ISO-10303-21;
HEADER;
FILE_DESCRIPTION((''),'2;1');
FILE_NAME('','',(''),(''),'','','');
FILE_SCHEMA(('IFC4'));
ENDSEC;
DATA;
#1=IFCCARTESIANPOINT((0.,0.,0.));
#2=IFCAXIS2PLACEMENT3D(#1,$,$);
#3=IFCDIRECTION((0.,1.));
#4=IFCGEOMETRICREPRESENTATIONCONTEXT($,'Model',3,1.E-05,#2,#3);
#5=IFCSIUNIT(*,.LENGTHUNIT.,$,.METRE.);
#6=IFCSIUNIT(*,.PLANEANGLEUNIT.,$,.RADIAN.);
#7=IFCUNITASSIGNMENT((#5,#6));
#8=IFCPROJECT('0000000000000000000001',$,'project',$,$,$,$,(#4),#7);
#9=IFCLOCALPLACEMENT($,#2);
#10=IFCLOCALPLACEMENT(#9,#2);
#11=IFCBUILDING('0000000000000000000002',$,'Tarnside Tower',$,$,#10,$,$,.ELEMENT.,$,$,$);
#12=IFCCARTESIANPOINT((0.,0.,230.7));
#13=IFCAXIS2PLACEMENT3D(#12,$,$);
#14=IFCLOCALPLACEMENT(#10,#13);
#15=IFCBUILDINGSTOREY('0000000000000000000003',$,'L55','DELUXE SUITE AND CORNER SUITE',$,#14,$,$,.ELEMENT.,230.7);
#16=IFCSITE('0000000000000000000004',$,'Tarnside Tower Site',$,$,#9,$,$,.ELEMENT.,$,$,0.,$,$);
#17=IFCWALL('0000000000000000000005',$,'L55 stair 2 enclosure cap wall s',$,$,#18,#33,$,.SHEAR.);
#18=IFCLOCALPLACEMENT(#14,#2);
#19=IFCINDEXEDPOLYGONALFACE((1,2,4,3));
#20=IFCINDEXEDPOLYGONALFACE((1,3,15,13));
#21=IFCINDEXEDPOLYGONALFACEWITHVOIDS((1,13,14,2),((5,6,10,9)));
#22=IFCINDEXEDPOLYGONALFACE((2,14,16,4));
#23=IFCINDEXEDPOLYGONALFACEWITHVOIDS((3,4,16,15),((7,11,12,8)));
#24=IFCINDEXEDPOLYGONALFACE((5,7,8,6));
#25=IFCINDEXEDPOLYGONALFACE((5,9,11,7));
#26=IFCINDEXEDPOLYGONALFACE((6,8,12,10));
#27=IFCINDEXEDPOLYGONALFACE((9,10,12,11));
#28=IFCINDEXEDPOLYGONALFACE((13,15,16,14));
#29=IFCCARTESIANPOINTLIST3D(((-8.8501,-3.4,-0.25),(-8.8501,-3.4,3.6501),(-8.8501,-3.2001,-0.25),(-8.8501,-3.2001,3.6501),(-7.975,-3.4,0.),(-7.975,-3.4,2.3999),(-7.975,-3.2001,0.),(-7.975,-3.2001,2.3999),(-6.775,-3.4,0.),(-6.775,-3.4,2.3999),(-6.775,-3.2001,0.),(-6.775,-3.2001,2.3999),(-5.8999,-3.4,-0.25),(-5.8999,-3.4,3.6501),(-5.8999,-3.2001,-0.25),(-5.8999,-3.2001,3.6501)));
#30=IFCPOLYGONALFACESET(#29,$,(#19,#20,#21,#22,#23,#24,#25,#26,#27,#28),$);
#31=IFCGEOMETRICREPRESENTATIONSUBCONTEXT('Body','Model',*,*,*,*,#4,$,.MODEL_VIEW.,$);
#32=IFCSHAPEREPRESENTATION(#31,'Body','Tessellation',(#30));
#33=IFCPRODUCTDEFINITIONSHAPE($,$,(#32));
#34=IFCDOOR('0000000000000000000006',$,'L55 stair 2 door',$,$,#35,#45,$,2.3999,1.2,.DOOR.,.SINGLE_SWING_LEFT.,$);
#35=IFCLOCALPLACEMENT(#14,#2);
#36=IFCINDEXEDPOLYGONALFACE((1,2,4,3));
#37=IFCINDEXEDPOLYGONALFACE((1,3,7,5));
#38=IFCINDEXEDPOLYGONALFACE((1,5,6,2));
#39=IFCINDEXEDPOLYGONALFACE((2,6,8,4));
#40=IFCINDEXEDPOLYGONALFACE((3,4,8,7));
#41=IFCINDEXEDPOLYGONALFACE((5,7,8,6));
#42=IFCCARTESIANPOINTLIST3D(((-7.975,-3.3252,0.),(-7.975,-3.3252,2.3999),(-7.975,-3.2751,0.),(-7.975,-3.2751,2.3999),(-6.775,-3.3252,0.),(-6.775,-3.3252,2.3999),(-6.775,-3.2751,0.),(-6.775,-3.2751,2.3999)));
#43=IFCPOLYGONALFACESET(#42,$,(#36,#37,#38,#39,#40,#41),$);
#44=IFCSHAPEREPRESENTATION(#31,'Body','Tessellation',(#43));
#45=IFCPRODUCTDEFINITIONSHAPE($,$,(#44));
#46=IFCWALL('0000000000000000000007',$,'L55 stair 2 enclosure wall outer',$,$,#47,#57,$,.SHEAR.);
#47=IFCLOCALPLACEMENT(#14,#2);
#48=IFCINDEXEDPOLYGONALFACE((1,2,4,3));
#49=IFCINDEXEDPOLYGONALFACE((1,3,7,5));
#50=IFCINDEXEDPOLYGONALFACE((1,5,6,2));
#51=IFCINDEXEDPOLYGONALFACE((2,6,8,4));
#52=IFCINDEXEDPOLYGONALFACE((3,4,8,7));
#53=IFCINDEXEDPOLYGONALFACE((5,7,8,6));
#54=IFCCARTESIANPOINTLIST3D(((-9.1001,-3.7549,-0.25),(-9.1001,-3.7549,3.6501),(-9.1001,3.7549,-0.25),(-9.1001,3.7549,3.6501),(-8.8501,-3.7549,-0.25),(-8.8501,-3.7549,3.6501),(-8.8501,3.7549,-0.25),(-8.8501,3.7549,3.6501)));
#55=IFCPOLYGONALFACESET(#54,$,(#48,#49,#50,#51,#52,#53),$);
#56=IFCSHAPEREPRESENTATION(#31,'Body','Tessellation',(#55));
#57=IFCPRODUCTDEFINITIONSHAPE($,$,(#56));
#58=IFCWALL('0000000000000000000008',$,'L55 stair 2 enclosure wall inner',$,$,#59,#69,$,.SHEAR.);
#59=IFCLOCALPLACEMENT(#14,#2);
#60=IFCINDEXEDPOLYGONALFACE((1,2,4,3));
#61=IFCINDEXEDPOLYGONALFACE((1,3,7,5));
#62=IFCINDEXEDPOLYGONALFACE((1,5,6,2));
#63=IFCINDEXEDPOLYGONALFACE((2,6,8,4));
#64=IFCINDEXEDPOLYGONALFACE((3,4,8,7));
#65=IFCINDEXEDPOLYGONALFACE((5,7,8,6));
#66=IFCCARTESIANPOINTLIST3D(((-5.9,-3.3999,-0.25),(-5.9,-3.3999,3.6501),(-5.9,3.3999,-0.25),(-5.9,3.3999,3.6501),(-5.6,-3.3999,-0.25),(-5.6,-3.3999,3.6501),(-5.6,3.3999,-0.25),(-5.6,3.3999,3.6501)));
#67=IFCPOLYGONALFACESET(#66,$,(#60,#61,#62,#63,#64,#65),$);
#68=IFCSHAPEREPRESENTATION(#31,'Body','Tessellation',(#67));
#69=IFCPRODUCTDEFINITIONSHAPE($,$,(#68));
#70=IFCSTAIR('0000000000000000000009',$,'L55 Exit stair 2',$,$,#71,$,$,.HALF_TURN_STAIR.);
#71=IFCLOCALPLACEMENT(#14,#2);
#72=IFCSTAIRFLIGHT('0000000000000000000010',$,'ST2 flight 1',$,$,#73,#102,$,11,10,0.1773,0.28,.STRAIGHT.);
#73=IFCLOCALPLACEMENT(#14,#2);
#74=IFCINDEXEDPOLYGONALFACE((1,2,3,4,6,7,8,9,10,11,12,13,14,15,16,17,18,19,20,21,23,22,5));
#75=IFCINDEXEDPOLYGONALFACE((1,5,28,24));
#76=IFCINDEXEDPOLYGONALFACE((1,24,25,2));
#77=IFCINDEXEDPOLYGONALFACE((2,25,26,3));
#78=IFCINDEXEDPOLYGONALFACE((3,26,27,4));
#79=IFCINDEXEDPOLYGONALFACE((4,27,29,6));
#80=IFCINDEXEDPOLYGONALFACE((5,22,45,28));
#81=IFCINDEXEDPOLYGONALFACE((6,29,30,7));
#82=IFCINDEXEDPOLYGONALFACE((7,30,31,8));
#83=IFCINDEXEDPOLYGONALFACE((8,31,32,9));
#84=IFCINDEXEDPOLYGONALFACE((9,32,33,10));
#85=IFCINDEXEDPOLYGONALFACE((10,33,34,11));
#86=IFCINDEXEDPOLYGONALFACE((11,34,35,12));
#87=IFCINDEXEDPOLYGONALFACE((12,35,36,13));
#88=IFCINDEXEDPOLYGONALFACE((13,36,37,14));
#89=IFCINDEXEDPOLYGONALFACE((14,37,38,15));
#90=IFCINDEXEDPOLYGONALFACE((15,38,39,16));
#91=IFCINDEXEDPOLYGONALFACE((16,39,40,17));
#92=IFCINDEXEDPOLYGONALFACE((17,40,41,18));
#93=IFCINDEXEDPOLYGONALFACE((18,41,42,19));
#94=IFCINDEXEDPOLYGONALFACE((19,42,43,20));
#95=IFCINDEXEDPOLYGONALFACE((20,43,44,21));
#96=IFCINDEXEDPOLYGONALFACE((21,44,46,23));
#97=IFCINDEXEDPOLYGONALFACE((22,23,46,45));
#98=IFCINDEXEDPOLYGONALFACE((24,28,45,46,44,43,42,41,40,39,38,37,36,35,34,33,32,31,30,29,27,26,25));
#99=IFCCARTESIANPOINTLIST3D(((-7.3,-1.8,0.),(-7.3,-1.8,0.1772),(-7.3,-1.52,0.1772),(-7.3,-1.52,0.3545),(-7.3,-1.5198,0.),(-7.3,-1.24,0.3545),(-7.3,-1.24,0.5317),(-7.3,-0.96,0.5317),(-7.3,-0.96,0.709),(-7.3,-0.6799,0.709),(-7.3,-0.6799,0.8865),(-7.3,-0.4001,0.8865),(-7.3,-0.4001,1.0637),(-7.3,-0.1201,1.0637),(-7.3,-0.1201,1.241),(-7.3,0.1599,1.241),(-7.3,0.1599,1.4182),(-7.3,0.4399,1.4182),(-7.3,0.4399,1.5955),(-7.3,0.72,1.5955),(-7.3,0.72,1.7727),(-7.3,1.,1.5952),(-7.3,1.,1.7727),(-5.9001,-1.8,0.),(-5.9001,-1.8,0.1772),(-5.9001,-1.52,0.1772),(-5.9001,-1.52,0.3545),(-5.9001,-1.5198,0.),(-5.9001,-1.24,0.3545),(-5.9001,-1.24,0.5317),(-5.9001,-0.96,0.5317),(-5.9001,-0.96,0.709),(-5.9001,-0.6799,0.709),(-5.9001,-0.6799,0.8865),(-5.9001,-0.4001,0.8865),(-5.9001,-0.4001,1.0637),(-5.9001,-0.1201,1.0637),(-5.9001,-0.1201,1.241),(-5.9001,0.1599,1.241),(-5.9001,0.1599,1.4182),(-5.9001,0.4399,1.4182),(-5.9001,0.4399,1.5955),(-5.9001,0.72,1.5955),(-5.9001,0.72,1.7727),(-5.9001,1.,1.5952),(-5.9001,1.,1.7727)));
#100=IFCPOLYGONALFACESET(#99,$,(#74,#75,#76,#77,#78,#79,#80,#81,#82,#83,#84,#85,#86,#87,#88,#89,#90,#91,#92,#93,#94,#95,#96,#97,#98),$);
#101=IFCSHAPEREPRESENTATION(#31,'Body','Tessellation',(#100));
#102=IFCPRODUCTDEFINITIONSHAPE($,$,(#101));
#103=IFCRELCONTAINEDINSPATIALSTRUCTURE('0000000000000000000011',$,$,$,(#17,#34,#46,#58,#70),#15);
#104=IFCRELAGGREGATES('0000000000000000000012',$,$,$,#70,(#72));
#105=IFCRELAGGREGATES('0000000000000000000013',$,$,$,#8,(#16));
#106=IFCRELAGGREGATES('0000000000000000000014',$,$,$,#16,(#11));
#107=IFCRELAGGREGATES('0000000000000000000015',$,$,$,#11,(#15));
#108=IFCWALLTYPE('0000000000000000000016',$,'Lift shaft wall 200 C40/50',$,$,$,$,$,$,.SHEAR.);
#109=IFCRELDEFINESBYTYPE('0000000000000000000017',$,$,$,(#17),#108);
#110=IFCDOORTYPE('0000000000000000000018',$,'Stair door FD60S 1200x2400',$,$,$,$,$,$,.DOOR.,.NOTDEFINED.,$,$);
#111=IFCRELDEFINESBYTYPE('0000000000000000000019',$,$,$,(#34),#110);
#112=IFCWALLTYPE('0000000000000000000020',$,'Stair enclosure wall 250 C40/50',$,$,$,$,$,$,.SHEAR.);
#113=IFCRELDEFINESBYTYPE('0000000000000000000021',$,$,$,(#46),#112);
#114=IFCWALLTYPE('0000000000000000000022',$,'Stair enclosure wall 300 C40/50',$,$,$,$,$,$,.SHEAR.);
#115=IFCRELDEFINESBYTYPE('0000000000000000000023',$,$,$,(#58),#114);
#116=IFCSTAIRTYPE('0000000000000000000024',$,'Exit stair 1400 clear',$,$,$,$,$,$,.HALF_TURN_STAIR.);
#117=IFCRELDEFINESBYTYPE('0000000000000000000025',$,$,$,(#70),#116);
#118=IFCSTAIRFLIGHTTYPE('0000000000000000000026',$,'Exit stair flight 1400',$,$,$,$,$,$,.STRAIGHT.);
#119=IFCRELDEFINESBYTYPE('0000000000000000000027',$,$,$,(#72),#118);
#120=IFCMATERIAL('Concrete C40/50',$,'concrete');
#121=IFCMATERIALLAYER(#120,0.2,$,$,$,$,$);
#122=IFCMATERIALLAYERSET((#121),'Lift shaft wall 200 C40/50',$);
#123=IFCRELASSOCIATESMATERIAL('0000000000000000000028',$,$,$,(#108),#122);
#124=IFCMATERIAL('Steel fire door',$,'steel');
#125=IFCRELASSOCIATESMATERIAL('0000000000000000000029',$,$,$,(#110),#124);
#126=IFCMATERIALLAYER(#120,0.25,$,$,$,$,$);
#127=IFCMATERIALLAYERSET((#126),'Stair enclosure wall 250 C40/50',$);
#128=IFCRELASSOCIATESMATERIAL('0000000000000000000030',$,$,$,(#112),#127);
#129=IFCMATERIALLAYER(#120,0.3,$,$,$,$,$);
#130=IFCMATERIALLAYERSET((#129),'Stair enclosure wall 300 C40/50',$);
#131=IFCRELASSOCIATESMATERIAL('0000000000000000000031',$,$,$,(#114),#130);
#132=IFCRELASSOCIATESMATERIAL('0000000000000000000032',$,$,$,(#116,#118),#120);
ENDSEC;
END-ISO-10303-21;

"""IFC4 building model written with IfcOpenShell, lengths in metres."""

from ifc_helpers import new_model, si_unit, direction, frame, frame_2d, origin, place, context, subcontext, project, spatial, polyline, rectangle, outline, extrude, material, layer, layer_set, type_object, element, fill, aggregate, save


model = new_model("IFC4")

# Units and contexts
model_context = context("Model", 3, precision=1e-05, world=origin(), true_north=direction((0.0, 1.0)))
body_context = subcontext(model_context, "Body", "Model", "MODEL_VIEW")
ifc_project = project(units=[si_unit("LENGTHUNIT", "METRE"), si_unit("PLANEANGLEUNIT", "RADIAN")], contexts=[model_context])

# Site, building, storey
site_placement = place(None, origin())
site = spatial("IfcSite", under=ifc_project, at=site_placement, Name="Tarnside Tower Site", CompositionType="ELEMENT", RefElevation=0.0)
building_placement = place(site_placement, origin())
building = spatial("IfcBuilding", under=site, at=building_placement, Name="Tarnside Tower", CompositionType="ELEMENT")
storey_placement = place(building_placement, frame((0.0, 0.0, 230.7)))
storey = spatial("IfcBuildingStorey", under=building, at=storey_placement, Name="L55", Description="DELUXE SUITE AND CORNER SUITE", CompositionType="ELEMENT", Elevation=230.7)

# Shared definitions
ifc_material_1 = material(Name="Concrete C40/50", Category="concrete")
ifc_material_2 = material(Name="Steel fire door", Category="steel")

# Shared definitions
ifc_layer_1 = layer(ifc_material_1, 0.2)
ifc_layer_set_1 = layer_set([ifc_layer_1], Name="Lift shaft wall 200 C40/50")
wall_type_1 = type_object("IfcWallType", Name="Lift shaft wall 200 C40/50", PredefinedType="SHEAR", material=ifc_layer_set_1)

# Wall, opening, door
wall_1_placement = place(storey_placement, frame((-8.8501, -3.3, -0.25), z_axis=(0.0, 0.0, 1.0), x_axis=(1.0, 0.0, 0.0)))
wall_1 = element("IfcWall", 1, at=wall_1_placement, inside=storey, type_object=wall_type_1, Name="L55 stair 2 enclosure cap wall s", PredefinedType="SHEAR", context=body_context, shape_type="SweptSolid", body=[
    extrude(rectangle(XDim=2.9502, YDim=0.2, at=frame_2d((1.4751, 0.0))), origin(), (0.0, 0.0, 1.0), 3.9001),
])
opening_1_placement = place(wall_1_placement, frame((0.875, 0.0, 0.25)))
opening_1 = element("IfcOpeningElement", 2, at=opening_1_placement, cuts=wall_1, PredefinedType="OPENING", context=body_context, shape_type="SweptSolid", body=[
    extrude(rectangle(XDim=1.2, YDim=2.3999, at=frame_2d((0.6001, 1.2))), frame((0.0, 0.1099, 0.0), z_axis=(0.0, -1.0, 0.0), x_axis=(1.0, 0.0, 0.0)), (0.0, 0.0, 1.0), 0.22),
])
door_type_1 = type_object("IfcDoorType", Name="Stair door FD60S 1200x2400", OperationType="NOTDEFINED", PredefinedType="DOOR", material=ifc_material_2)
door_1_placement = place(opening_1_placement, origin())
door_1 = element("IfcDoor", 3, at=door_1_placement, inside=storey, type_object=door_type_1, Name="L55 stair 2 door", OperationType="SINGLE_SWING_LEFT", OverallHeight=2.3999, OverallWidth=1.2, PredefinedType="DOOR", context=body_context, shape_type="SweptSolid", body=[
    extrude(rectangle(XDim=1.2, YDim=2.3999, at=frame_2d((0.6001, 1.2))), frame((0.0, 0.0249, 0.0), z_axis=(0.0, -1.0, 0.0), x_axis=(1.0, 0.0, 0.0)), (0.0, 0.0, 1.0), 0.05),
])
fill(opening_1, door_1)

# Walls
ifc_layer_2 = layer(ifc_material_1, 0.25)
ifc_layer_set_2 = layer_set([ifc_layer_2], Name="Stair enclosure wall 250 C40/50")
wall_type_2 = type_object("IfcWallType", Name="Stair enclosure wall 250 C40/50", PredefinedType="SHEAR", material=ifc_layer_set_2)
wall_2_placement = place(storey_placement, frame((-8.9751, -3.7549, -0.25), z_axis=(0.0, 0.0, 1.0), x_axis=(0.0, 1.0, 0.0)))
element("IfcWall", 4, at=wall_2_placement, inside=storey, type_object=wall_type_2, Name="L55 stair 2 enclosure wall outer", PredefinedType="SHEAR", context=body_context, shape_type="SweptSolid", body=[
    extrude(rectangle(XDim=7.5098, YDim=0.25, at=frame_2d((3.7549, 0.0))), origin(), (0.0, 0.0, 1.0), 3.9001),
])
ifc_layer_3 = layer(ifc_material_1, 0.3)
ifc_layer_set_3 = layer_set([ifc_layer_3], Name="Stair enclosure wall 300 C40/50")
wall_type_3 = type_object("IfcWallType", Name="Stair enclosure wall 300 C40/50", PredefinedType="SHEAR", material=ifc_layer_set_3)
wall_3_placement = place(storey_placement, frame((-5.75, -3.3999, -0.25), z_axis=(0.0, 0.0, 1.0), x_axis=(0.0, 1.0, 0.0)))
element("IfcWall", 5, at=wall_3_placement, inside=storey, type_object=wall_type_3, Name="L55 stair 2 enclosure wall inner", PredefinedType="SHEAR", context=body_context, shape_type="SweptSolid", body=[
    extrude(rectangle(XDim=6.7998, YDim=0.3, at=frame_2d((3.3999, 0.0))), origin(), (0.0, 0.0, 1.0), 3.9001),
])

# Stair, stair flight
stair_type = type_object("IfcStairType", Name="Exit stair 1400 clear", PredefinedType="HALF_TURN_STAIR", material=ifc_material_1)
stair_placement = place(storey_placement, origin())
stair = element("IfcStair", 6, at=stair_placement, inside=storey, type_object=stair_type, Name="L55 Exit stair 2", PredefinedType="HALF_TURN_STAIR")
stair_flight_type = type_object("IfcStairFlightType", Name="Exit stair flight 1400", PredefinedType="STRAIGHT", material=ifc_material_1)
stair_flight_placement = place(storey_placement, frame((-6.6001, -1.8, 0.0), z_axis=(0.0, 0.0, 1.0), x_axis=(0.0, 1.0, 0.0)))
stair_flight = element("IfcStairFlight", 7, at=stair_flight_placement, type_object=stair_flight_type, Name="ST2 flight 1", NumberOfRisers=11, NumberOfTreads=10, PredefinedType="STRAIGHT", RiserHeight=0.1773, TreadLength=0.28, context=body_context, shape_type="SweptSolid", body=[
    extrude(outline(polyline([(0.0, 0.0), (0.0, 0.1772), (0.28, 0.1772), (0.28, 0.3545), (0.5601, 0.3545), (0.5601, 0.5317), (0.8401, 0.5317), (0.8401, 0.709), (1.1201, 0.709), (1.1201, 0.8865), (1.3999, 0.8865), (1.3999, 1.0637), (1.6799, 1.0637), (1.6799, 1.241), (1.96, 1.241), (1.96, 1.4182), (2.24, 1.4182), (2.24, 1.5955), (2.52, 1.5955), (2.52, 1.7727), (2.8, 1.7727), (2.8, 1.95), (2.8, 1.5952), (0.2803, 0.0), (0.0, 0.0)])), frame((0.0, 0.7, 0.0), z_axis=(0.0, -1.0, 0.0), x_axis=(1.0, 0.0, 0.0)), (0.0, 0.0, 1.0), 1.3999),
])
aggregate(stair, [stair_flight])

save(model, "model.ifc")
